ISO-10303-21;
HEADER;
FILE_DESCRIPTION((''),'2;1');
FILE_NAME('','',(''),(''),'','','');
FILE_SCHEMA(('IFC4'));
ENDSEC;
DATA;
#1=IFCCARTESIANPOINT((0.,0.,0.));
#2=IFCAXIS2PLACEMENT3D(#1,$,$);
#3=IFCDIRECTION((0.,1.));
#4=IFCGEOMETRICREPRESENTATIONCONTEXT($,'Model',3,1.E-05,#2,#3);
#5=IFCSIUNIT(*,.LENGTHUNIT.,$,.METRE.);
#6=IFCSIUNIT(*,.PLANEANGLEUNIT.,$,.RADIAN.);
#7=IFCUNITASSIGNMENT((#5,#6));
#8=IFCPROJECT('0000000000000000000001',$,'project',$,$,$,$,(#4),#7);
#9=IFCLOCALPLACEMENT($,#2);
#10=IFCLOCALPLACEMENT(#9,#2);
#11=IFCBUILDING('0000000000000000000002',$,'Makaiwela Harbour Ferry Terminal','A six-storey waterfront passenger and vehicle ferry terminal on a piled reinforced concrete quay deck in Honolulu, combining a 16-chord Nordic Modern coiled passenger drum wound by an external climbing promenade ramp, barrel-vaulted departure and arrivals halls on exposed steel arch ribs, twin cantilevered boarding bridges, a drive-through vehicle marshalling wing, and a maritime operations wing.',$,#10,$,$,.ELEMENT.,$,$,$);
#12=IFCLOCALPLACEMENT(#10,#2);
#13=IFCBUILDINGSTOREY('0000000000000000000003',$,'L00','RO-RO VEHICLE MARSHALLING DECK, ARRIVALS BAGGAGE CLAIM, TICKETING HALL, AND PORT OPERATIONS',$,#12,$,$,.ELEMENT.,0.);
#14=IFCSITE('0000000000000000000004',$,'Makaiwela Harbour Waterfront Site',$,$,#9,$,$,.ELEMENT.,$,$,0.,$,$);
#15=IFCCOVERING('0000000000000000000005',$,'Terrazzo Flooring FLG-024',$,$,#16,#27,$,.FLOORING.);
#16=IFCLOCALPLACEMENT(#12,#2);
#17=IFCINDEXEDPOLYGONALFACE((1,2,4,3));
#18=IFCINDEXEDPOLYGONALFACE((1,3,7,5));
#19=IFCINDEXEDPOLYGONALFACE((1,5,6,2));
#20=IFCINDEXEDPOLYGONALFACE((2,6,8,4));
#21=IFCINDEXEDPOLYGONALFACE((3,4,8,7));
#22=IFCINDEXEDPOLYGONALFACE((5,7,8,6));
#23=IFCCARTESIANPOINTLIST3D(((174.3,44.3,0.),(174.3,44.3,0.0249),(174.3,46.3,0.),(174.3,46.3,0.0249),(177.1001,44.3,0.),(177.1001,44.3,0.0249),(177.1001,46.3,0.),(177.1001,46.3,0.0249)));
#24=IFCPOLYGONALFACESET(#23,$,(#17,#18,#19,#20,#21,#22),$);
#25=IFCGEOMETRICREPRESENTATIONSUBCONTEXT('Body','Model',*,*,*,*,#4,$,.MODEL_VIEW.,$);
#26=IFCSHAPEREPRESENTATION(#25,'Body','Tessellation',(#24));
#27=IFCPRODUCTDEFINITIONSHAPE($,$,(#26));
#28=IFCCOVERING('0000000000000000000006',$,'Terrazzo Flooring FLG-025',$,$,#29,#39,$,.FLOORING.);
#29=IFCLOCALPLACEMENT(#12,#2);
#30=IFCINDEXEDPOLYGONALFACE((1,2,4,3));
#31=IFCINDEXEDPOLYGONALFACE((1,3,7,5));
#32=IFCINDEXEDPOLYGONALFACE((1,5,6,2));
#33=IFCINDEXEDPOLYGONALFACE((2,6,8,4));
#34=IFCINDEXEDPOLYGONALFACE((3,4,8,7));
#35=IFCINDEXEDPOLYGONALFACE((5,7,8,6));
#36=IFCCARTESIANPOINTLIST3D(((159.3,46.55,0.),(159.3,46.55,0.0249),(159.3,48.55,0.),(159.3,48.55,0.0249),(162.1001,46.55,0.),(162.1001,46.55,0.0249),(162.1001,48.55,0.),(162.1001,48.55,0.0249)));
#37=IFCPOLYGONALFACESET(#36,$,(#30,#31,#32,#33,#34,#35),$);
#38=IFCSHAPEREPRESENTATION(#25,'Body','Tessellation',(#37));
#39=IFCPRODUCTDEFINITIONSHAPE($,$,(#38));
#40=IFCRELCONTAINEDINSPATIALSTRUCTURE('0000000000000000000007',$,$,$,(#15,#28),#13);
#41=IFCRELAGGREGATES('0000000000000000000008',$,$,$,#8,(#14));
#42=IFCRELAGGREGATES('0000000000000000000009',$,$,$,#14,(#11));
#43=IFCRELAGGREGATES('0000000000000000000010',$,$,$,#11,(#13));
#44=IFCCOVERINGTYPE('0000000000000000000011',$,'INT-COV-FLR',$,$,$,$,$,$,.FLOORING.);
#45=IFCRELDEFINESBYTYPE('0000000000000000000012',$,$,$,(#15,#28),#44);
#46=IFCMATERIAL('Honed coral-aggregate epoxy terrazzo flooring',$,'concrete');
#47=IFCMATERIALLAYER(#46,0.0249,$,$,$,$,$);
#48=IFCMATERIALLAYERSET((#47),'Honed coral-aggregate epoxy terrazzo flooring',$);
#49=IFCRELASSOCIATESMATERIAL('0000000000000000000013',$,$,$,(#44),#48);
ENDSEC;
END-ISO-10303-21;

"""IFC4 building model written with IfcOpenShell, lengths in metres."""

from ifc_helpers import new_model, si_unit, direction, origin, place, context, subcontext, project, spatial, polyline, outline, extrude, material, layer, layer_set, type_object, element, save


model = new_model("IFC4")

# Units and contexts
model_context = context("Model", 3, precision=1e-05, world=origin(), true_north=direction((0.0, 1.0)))
body_context = subcontext(model_context, "Body", "Model", "MODEL_VIEW")
ifc_project = project(units=[si_unit("LENGTHUNIT", "METRE"), si_unit("PLANEANGLEUNIT", "RADIAN")], contexts=[model_context])

# Site, building, storey
site_placement = place(None, origin())
site = spatial("IfcSite", under=ifc_project, at=site_placement, Name="Makaiwela Harbour Waterfront Site", CompositionType="ELEMENT", RefElevation=0.0)
building_placement = place(site_placement, origin())
building = spatial("IfcBuilding", under=site, at=building_placement, Name="Makaiwela Harbour Ferry Terminal", Description="A six-storey waterfront passenger and vehicle ferry terminal on a piled reinforced concrete quay deck in Honolulu, combining a 16-chord Nordic Modern coiled passenger drum wound by an external climbing promenade ramp, barrel-vaulted departure and arrivals halls on exposed steel arch ribs, twin cantilevered boarding bridges, a drive-through vehicle marshalling wing, and a maritime operations wing.", CompositionType="ELEMENT")
storey_placement = place(building_placement, origin())
storey = spatial("IfcBuildingStorey", under=building, at=storey_placement, Name="L00", Description="RO-RO VEHICLE MARSHALLING DECK, ARRIVALS BAGGAGE CLAIM, TICKETING HALL, AND PORT OPERATIONS", CompositionType="ELEMENT", Elevation=0.0)

# Coverings
ifc_material_1 = material(Name="Honed coral-aggregate epoxy terrazzo flooring", Category="concrete")
ifc_layer_1 = layer(ifc_material_1, 0.0249)
ifc_layer_set_1 = layer_set([ifc_layer_1], Name="Honed coral-aggregate epoxy terrazzo flooring")
covering_type_1 = type_object("IfcCoveringType", Name="INT-COV-FLR", PredefinedType="FLOORING", material=ifc_layer_set_1)
covering_1_placement = place(storey_placement, origin())
element("IfcCovering", 1, at=covering_1_placement, inside=storey, type_object=covering_type_1, Name="Terrazzo Flooring FLG-024", PredefinedType="FLOORING", context=body_context, shape_type="SweptSolid", body=[
    extrude(outline(polyline([(174.3, 44.3), (177.1001, 44.3), (177.1001, 46.3), (174.3, 46.3), (174.3, 44.3)])), origin(), (0.0, 0.0, 1.0), 0.0249),
])
covering_2_placement = place(storey_placement, origin())
element("IfcCovering", 2, at=covering_2_placement, inside=storey, type_object=covering_type_1, Name="Terrazzo Flooring FLG-025", PredefinedType="FLOORING", context=body_context, shape_type="SweptSolid", body=[
    extrude(outline(polyline([(159.3, 46.55), (162.1001, 46.55), (162.1001, 48.55), (159.3, 48.55), (159.3, 46.55)])), origin(), (0.0, 0.0, 1.0), 0.0249),
])

save(model, "model.ifc")
